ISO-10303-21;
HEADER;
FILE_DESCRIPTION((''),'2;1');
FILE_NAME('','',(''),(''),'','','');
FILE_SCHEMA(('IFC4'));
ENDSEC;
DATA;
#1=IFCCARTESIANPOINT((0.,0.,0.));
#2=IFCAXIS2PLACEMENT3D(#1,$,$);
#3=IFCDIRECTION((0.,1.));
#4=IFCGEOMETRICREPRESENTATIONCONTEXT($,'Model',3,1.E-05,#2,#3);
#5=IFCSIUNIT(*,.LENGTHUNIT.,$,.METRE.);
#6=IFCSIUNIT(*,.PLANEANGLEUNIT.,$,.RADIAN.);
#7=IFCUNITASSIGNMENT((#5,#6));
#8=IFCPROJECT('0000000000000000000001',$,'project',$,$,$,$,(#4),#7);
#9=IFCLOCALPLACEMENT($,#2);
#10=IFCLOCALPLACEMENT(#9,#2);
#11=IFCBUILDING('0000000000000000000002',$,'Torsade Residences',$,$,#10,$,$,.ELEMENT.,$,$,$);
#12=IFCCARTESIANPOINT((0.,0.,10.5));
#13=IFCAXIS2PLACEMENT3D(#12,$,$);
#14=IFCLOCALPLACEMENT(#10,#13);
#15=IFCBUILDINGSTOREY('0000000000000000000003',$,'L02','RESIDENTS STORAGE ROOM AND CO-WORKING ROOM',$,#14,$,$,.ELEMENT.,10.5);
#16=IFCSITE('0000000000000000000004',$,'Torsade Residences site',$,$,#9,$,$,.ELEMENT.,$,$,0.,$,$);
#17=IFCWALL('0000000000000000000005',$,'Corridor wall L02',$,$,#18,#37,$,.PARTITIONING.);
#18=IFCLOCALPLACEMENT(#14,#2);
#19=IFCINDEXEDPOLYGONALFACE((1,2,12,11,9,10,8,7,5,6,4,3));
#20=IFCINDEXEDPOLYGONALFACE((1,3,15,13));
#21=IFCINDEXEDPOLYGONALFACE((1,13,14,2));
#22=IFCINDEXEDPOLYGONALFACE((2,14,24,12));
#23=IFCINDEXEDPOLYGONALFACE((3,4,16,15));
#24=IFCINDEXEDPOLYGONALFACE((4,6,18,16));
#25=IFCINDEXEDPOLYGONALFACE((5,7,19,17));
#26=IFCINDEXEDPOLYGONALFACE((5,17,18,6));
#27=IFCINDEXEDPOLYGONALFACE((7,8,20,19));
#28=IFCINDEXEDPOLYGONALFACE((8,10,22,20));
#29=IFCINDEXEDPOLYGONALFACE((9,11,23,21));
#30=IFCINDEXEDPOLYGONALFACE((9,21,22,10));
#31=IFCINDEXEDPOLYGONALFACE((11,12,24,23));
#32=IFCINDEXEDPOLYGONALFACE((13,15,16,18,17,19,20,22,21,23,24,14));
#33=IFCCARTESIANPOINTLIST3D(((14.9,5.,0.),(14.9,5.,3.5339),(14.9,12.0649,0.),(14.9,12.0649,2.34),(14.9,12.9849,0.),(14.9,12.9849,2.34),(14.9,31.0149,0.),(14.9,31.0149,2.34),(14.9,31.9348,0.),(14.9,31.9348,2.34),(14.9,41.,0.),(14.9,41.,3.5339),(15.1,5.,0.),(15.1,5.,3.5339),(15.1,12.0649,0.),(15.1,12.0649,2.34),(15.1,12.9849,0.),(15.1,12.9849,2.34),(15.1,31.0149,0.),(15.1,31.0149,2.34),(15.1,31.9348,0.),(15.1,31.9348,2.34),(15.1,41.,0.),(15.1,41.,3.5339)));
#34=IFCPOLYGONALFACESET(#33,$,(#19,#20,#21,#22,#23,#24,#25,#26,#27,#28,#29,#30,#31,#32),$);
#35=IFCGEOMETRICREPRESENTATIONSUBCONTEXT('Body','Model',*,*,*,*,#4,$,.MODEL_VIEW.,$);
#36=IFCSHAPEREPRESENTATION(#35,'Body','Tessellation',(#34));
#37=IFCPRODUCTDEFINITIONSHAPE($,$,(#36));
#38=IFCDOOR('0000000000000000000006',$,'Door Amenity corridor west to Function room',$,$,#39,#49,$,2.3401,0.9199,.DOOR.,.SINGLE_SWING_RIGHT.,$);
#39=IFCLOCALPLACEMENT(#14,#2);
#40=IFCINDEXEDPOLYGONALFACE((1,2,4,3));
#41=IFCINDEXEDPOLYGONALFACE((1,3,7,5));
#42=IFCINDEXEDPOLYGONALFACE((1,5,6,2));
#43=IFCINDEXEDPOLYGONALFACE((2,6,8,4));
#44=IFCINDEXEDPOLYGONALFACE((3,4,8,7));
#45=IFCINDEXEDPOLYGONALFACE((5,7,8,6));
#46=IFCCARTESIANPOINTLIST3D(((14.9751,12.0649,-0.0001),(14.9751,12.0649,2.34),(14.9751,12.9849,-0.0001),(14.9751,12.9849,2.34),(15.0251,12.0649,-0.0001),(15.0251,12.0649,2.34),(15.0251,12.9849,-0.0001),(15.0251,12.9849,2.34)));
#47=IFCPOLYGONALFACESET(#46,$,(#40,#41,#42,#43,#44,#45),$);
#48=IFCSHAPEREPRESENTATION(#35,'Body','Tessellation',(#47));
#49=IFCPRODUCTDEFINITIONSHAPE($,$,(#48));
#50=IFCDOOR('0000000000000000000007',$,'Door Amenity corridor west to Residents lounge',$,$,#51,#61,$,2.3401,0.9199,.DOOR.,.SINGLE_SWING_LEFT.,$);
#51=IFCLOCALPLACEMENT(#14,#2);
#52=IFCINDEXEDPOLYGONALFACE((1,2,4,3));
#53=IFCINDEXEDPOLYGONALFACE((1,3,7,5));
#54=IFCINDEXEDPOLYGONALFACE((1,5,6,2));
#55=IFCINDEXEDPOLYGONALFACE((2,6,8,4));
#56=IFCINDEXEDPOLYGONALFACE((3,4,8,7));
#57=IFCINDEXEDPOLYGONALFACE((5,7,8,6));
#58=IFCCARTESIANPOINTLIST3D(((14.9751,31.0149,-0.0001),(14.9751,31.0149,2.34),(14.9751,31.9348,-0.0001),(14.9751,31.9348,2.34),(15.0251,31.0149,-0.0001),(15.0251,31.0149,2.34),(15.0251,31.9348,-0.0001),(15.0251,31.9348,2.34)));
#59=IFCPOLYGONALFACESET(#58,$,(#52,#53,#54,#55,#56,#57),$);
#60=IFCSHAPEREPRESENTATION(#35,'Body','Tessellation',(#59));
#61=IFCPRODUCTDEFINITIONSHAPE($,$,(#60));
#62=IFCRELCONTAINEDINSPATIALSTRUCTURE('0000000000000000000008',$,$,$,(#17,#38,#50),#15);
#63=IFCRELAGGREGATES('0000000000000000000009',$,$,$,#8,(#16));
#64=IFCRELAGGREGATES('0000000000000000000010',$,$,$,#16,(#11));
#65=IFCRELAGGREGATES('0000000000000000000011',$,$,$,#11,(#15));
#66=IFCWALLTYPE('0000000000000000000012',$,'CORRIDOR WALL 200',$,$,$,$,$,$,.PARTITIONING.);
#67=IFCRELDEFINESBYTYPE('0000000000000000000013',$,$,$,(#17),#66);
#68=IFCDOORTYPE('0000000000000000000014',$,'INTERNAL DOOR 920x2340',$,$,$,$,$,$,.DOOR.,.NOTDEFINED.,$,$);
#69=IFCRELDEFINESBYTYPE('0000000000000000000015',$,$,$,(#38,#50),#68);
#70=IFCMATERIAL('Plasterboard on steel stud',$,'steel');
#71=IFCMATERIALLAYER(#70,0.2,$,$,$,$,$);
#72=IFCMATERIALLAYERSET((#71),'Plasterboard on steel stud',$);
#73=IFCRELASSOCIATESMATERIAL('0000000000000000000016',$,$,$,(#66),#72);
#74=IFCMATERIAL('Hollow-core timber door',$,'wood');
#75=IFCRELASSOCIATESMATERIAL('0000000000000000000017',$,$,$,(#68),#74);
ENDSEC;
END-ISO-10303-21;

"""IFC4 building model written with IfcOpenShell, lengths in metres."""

from ifc_helpers import new_model, si_unit, direction, frame, frame_2d, origin, place, context, subcontext, project, spatial, rectangle, extrude, material, layer, layer_set, type_object, element, fill, save


model = new_model("IFC4")

# Units and contexts
model_context = context("Model", 3, precision=1e-05, world=origin(), true_north=direction((0.0, 1.0)))
body_context = subcontext(model_context, "Body", "Model", "MODEL_VIEW")
ifc_project = project(units=[si_unit("LENGTHUNIT", "METRE"), si_unit("PLANEANGLEUNIT", "RADIAN")], contexts=[model_context])

# Site, building, storey
site_placement = place(None, origin())
site = spatial("IfcSite", under=ifc_project, at=site_placement, Name="Torsade Residences site", CompositionType="ELEMENT", RefElevation=0.0)
building_placement = place(site_placement, origin())
building = spatial("IfcBuilding", under=site, at=building_placement, Name="Torsade Residences", CompositionType="ELEMENT")
storey_placement = place(building_placement, frame((0.0, 0.0, 10.5)))
storey = spatial("IfcBuildingStorey", under=building, at=storey_placement, Name="L02", Description="RESIDENTS STORAGE ROOM AND CO-WORKING ROOM", CompositionType="ELEMENT", Elevation=10.5)

# Shared definitions
ifc_material_1 = material(Name="Plasterboard on steel stud", Category="steel")
ifc_layer_1 = layer(ifc_material_1, 0.2)
ifc_layer_set_1 = layer_set([ifc_layer_1], Name="Plasterboard on steel stud")
wall_type = type_object("IfcWallType", Name="CORRIDOR WALL 200", PredefinedType="PARTITIONING", material=ifc_layer_set_1)

# Wall, openings, doors
wall_1_placement = place(storey_placement, frame((15.0, 5.0, 0.0), z_axis=(0.0, 0.0, 1.0), x_axis=(0.0, 1.0, 0.0)))
wall_1 = element("IfcWall", 1, at=wall_1_placement, inside=storey, type_object=wall_type, Name="Corridor wall L02", PredefinedType="PARTITIONING", context=body_context, shape_type="SweptSolid", body=[
    extrude(rectangle(XDim=36.0, YDim=0.2, at=frame_2d((18.0, 0.0))), origin(), (0.0, 0.0, 1.0), 3.5339),
])
opening_1_placement = place(wall_1_placement, frame((7.0649, 0.0, 0.0)))
opening_1 = element("IfcOpeningElement", 2, at=opening_1_placement, cuts=wall_1, PredefinedType="OPENING", context=body_context, shape_type="SweptSolid", body=[
    extrude(rectangle(XDim=0.9199, YDim=2.3401, at=frame_2d((0.46, 1.1699))), frame((0.0, 0.1099, 0.0), z_axis=(0.0, -1.0, 0.0), x_axis=(1.0, 0.0, 0.0)), (0.0, 0.0, 1.0), 0.22),
])
opening_2_placement = place(wall_1_placement, frame((26.0149, 0.0, 0.0)))
opening_2 = element("IfcOpeningElement", 3, at=opening_2_placement, cuts=wall_1, PredefinedType="OPENING", context=body_context, shape_type="SweptSolid", body=[
    extrude(rectangle(XDim=0.9199, YDim=2.3401, at=frame_2d((0.46, 1.1699))), frame((0.0, 0.1099, 0.0), z_axis=(0.0, -1.0, 0.0), x_axis=(1.0, 0.0, 0.0)), (0.0, 0.0, 1.0), 0.22),
])
ifc_material_2 = material(Name="Hollow-core timber door", Category="wood")
door_type = type_object("IfcDoorType", Name="INTERNAL DOOR 920x2340", OperationType="NOTDEFINED", PredefinedType="DOOR", material=ifc_material_2)
door_1_placement = place(opening_1_placement, origin())
door_1 = element("IfcDoor", 4, at=door_1_placement, inside=storey, type_object=door_type, Name="Door Amenity corridor west to Function room", OperationType="SINGLE_SWING_RIGHT", OverallHeight=2.3401, OverallWidth=0.9199, PredefinedType="DOOR", context=body_context, shape_type="SweptSolid", body=[
    extrude(rectangle(XDim=0.9199, YDim=2.3401, at=frame_2d((0.46, 1.1699))), frame((0.0, 0.0249, 0.0), z_axis=(0.0, -1.0, 0.0), x_axis=(1.0, 0.0, 0.0)), (0.0, 0.0, 1.0), 0.05),
])
fill(opening_1, door_1)
door_2_placement = place(opening_2_placement, origin())
door_2 = element("IfcDoor", 5, at=door_2_placement, inside=storey, type_object=door_type, Name="Door Amenity corridor west to Residents lounge", OperationType="SINGLE_SWING_LEFT", OverallHeight=2.3401, OverallWidth=0.9199, PredefinedType="DOOR", context=body_context, shape_type="SweptSolid", body=[
    extrude(rectangle(XDim=0.9199, YDim=2.3401, at=frame_2d((0.46, 1.1699))), frame((0.0, 0.0249, 0.0), z_axis=(0.0, -1.0, 0.0), x_axis=(1.0, 0.0, 0.0)), (0.0, 0.0, 1.0), 0.05),
])
fill(opening_2, door_2)

save(model, "model.ifc")
